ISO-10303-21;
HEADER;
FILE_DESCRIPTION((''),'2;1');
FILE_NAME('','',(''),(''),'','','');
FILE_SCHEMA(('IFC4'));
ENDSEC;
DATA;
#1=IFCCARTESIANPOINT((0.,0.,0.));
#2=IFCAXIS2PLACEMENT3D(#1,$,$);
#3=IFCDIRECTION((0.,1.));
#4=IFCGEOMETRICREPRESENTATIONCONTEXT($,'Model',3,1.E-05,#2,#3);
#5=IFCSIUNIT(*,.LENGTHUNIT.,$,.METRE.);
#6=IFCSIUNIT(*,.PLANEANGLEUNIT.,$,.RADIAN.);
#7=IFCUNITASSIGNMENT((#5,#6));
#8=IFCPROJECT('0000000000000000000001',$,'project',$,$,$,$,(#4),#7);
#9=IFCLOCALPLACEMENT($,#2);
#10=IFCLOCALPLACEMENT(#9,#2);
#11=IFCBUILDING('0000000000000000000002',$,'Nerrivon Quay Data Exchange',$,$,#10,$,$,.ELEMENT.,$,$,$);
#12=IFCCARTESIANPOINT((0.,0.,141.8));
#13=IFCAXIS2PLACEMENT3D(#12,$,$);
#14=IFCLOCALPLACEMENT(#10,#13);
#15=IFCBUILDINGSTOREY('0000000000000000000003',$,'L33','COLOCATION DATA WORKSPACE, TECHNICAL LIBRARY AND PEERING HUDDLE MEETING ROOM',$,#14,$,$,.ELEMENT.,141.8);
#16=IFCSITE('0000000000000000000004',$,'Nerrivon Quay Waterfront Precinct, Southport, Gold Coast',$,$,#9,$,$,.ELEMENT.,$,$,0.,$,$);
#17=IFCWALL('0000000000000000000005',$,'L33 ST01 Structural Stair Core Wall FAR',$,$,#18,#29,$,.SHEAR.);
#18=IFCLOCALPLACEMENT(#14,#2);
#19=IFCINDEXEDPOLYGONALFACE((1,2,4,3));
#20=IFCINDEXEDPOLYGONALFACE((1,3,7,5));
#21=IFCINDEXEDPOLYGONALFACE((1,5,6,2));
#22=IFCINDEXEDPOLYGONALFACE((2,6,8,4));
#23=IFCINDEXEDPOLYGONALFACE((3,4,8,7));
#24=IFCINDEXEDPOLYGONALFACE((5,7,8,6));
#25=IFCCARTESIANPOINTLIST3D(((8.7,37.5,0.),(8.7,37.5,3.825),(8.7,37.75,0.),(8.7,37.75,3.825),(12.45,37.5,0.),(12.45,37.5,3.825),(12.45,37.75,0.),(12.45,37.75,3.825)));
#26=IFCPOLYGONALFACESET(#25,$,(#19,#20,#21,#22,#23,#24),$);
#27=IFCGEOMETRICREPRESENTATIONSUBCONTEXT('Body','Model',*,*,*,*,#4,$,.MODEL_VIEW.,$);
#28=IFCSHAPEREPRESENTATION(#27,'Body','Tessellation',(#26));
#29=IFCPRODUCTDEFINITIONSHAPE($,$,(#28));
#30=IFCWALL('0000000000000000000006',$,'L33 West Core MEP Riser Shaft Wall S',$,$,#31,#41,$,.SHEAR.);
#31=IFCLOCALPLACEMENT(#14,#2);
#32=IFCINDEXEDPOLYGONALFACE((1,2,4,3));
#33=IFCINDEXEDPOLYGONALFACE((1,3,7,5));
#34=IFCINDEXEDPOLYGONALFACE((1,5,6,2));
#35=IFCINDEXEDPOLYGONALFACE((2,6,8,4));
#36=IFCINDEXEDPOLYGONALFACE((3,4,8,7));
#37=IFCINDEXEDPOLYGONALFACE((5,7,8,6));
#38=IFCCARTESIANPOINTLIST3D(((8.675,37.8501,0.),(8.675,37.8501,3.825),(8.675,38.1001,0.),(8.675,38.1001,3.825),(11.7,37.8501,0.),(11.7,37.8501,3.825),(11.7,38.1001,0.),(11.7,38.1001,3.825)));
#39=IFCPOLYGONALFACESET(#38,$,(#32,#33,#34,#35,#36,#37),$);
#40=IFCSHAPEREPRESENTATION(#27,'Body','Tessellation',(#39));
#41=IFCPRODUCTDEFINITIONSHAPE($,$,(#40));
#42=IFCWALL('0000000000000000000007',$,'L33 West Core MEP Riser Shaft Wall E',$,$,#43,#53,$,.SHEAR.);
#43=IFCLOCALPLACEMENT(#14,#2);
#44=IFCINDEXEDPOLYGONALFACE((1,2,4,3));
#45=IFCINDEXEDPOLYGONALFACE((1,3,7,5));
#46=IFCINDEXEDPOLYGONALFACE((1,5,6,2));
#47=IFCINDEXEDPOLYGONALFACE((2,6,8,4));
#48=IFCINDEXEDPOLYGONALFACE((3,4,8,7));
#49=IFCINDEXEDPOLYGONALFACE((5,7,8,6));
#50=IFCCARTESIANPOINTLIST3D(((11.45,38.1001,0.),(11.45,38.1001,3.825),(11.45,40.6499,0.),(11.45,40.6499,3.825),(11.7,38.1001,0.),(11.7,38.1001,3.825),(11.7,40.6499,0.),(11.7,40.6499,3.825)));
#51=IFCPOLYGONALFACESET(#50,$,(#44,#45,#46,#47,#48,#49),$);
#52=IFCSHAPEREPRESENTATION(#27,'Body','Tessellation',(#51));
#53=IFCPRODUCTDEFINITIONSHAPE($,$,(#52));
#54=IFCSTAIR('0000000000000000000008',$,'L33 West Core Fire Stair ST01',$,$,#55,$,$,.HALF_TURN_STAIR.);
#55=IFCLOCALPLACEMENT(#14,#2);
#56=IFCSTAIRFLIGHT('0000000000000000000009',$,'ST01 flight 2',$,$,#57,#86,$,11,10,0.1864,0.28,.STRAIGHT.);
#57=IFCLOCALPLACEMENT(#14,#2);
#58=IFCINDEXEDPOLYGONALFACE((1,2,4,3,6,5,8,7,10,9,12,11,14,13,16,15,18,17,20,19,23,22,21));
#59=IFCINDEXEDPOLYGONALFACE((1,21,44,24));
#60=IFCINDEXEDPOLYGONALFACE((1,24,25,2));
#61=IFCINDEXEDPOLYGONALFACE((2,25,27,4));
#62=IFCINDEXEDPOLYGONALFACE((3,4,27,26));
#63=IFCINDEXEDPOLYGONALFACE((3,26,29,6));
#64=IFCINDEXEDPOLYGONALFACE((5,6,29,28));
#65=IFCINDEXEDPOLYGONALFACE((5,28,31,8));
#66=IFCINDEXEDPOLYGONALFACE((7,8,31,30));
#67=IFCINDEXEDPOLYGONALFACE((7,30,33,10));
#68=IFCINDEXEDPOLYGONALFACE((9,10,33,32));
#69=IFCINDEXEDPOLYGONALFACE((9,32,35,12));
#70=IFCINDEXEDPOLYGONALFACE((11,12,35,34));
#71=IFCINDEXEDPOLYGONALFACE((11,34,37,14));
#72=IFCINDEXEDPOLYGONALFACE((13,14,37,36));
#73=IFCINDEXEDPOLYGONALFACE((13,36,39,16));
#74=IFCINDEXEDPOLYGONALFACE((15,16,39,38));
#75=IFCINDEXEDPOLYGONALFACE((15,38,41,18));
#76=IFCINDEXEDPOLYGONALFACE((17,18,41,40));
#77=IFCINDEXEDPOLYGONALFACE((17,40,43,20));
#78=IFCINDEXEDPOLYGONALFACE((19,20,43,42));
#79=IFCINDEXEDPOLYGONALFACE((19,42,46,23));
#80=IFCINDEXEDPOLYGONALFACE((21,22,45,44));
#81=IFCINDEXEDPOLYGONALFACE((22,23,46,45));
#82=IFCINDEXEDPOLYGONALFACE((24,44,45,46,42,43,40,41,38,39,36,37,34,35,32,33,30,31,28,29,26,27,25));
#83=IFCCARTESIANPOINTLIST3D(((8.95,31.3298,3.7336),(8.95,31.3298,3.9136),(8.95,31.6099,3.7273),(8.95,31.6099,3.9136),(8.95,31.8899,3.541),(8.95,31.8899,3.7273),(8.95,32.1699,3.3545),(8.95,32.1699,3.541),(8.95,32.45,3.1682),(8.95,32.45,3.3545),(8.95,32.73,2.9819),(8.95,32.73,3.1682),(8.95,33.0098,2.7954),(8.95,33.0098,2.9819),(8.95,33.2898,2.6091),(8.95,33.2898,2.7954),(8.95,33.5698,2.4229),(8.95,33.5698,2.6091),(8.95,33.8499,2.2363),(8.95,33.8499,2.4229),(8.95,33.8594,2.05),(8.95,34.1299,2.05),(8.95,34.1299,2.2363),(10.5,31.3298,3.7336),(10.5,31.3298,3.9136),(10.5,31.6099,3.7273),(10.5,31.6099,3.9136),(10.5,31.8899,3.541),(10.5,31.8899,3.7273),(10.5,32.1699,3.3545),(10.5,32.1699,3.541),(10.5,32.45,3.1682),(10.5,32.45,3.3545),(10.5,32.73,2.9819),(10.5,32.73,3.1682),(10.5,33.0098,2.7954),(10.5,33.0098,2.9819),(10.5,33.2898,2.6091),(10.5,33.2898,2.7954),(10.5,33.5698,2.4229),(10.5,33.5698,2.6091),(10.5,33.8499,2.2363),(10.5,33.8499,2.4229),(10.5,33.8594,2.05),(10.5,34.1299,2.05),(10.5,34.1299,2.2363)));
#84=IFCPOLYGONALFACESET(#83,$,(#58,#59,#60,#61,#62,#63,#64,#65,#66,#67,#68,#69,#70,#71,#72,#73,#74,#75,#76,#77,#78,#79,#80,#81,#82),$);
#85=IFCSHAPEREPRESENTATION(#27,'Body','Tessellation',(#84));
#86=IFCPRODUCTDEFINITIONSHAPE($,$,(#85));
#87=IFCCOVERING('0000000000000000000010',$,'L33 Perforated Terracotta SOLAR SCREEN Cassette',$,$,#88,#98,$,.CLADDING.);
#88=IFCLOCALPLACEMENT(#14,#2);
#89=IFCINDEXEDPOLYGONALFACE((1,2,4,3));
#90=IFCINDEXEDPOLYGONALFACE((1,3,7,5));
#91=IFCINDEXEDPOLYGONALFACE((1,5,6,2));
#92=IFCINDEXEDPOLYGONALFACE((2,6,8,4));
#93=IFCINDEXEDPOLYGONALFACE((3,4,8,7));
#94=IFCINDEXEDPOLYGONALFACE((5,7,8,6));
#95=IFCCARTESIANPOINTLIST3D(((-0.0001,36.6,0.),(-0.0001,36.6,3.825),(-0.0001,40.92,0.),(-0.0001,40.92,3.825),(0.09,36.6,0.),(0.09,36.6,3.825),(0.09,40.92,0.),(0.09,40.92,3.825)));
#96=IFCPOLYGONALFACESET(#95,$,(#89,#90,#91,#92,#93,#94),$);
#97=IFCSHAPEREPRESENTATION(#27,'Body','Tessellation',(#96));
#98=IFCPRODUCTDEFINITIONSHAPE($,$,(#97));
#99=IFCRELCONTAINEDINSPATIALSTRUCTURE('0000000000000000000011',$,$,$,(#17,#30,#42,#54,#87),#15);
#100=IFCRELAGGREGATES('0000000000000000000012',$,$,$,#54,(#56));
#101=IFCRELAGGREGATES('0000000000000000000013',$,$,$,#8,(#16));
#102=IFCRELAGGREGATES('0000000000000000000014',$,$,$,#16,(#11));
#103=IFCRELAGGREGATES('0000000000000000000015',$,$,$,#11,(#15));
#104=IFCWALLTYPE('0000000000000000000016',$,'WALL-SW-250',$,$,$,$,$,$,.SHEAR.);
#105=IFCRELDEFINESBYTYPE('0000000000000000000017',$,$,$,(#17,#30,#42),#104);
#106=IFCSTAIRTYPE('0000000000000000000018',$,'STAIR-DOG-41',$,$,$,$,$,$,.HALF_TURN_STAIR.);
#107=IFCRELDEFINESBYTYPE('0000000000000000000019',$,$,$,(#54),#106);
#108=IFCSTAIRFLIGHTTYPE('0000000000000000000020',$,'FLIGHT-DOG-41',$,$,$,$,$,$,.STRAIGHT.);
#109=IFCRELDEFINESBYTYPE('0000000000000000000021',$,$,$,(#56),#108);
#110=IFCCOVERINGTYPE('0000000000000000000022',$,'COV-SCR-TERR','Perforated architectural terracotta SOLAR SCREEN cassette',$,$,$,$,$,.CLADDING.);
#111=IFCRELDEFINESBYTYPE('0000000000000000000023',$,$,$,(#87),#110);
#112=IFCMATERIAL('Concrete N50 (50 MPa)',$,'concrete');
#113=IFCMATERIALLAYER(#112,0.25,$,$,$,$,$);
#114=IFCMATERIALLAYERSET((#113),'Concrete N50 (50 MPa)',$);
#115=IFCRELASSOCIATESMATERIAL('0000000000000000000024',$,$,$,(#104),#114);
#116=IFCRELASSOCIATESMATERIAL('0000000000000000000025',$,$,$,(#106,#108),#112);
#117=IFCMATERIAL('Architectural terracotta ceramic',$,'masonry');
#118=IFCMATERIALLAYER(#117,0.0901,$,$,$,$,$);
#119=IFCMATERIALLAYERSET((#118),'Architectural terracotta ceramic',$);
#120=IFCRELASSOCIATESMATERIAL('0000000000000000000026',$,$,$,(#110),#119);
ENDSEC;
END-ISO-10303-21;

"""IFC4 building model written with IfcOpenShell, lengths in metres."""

from ifc_helpers import new_model, si_unit, direction, frame, frame_2d, origin, origin_2d, place, context, subcontext, project, spatial, polyline, rectangle, outline, extrude, material, layer, layer_set, type_object, element, aggregate, save


model = new_model("IFC4")

# Units and contexts
model_context = context("Model", 3, precision=1e-05, world=origin(), true_north=direction((0.0, 1.0)))
body_context = subcontext(model_context, "Body", "Model", "MODEL_VIEW")
ifc_project = project(units=[si_unit("LENGTHUNIT", "METRE"), si_unit("PLANEANGLEUNIT", "RADIAN")], contexts=[model_context])

# Site, building, storey
site_placement = place(None, origin())
site = spatial("IfcSite", under=ifc_project, at=site_placement, Name="Nerrivon Quay Waterfront Precinct, Southport, Gold Coast", CompositionType="ELEMENT", RefElevation=0.0)
building_placement = place(site_placement, origin())
building = spatial("IfcBuilding", under=site, at=building_placement, Name="Nerrivon Quay Data Exchange", CompositionType="ELEMENT")
storey_placement = place(building_placement, frame((0.0, 0.0, 141.8)))
storey = spatial("IfcBuildingStorey", under=building, at=storey_placement, Name="L33", Description="COLOCATION DATA WORKSPACE, TECHNICAL LIBRARY AND PEERING HUDDLE MEETING ROOM", CompositionType="ELEMENT", Elevation=141.8)

# Walls
ifc_material_1 = material(Name="Concrete N50 (50 MPa)", Category="concrete")
ifc_layer_1 = layer(ifc_material_1, 0.25)
ifc_layer_set_1 = layer_set([ifc_layer_1], Name="Concrete N50 (50 MPa)")
wall_type_1 = type_object("IfcWallType", Name="WALL-SW-250", PredefinedType="SHEAR", material=ifc_layer_set_1)
wall_1_placement = place(storey_placement, frame((12.45, 37.625, 0.0), z_axis=(0.0, 0.0, 1.0), x_axis=(-1.0, 0.0, 0.0)))
element("IfcWall", 1, at=wall_1_placement, inside=storey, type_object=wall_type_1, Name="L33 ST01 Structural Stair Core Wall FAR", PredefinedType="SHEAR", context=body_context, shape_type="SweptSolid", body=[
    extrude(rectangle(XDim=3.75, YDim=0.25, at=frame_2d((1.875, 0.0))), origin(), (0.0, 0.0, 1.0), 3.825),
])
wall_2_placement = place(storey_placement, frame((8.675, 37.9751, 0.0), z_axis=(0.0, 0.0, 1.0), x_axis=(1.0, 0.0, 0.0)))
element("IfcWall", 2, at=wall_2_placement, inside=storey, type_object=wall_type_1, Name="L33 West Core MEP Riser Shaft Wall S", PredefinedType="SHEAR", context=body_context, shape_type="SweptSolid", body=[
    extrude(rectangle(XDim=3.0249, YDim=0.25, at=frame_2d((1.5125, 0.0))), origin(), (0.0, 0.0, 1.0), 3.825),
])
wall_3_placement = place(storey_placement, frame((11.575, 38.1001, 0.0), z_axis=(0.0, 0.0, 1.0), x_axis=(0.0, 1.0, 0.0)))
element("IfcWall", 3, at=wall_3_placement, inside=storey, type_object=wall_type_1, Name="L33 West Core MEP Riser Shaft Wall E", PredefinedType="SHEAR", context=body_context, shape_type="SweptSolid", body=[
    extrude(rectangle(XDim=2.5498, YDim=0.25, at=frame_2d((1.2749, 0.0))), origin(), (0.0, 0.0, 1.0), 3.825),
])

# Stair, stair flight
stair_type = type_object("IfcStairType", Name="STAIR-DOG-41", PredefinedType="HALF_TURN_STAIR", material=ifc_material_1)
stair_placement = place(storey_placement, origin())
stair = element("IfcStair", 4, at=stair_placement, inside=storey, type_object=stair_type, Name="L33 West Core Fire Stair ST01", PredefinedType="HALF_TURN_STAIR")
stair_flight_type = type_object("IfcStairFlightType", Name="FLIGHT-DOG-41", PredefinedType="STRAIGHT", material=ifc_material_1)
stair_flight_placement = place(storey_placement, frame((9.7251, 34.1299, 2.05), z_axis=(0.0, 0.0, 1.0), x_axis=(0.0, -1.0, 0.0)))
stair_flight = element("IfcStairFlight", 5, at=stair_flight_placement, type_object=stair_flight_type, Name="ST01 flight 2", NumberOfRisers=11, NumberOfTreads=10, PredefinedType="STRAIGHT", RiserHeight=0.1864, TreadLength=0.28, context=body_context, shape_type="SweptSolid", body=[
    extrude(outline(polyline([(0.0, 0.0), (0.0, 0.1863), (0.28, 0.1863), (0.28, 0.3728), (0.5601, 0.3728), (0.5601, 0.5591), (0.8401, 0.5591), (0.8401, 0.7454), (1.1201, 0.7454), (1.1201, 0.9319), (1.3999, 0.9319), (1.3999, 1.1182), (1.6799, 1.1182), (1.6799, 1.3044), (1.96, 1.3044), (1.96, 1.491), (2.24, 1.491), (2.24, 1.6772), (2.52, 1.6772), (2.52, 1.8635), (2.8, 1.8635), (2.8, 2.05), (2.8, 1.6836), (0.2705, 0.0), (0.0, 0.0)])), frame((0.0, 0.7749, 0.0), z_axis=(0.0, -1.0, 0.0), x_axis=(1.0, 0.0, 0.0)), (0.0, 0.0, 1.0), 1.55),
])
aggregate(stair, [stair_flight])

# Covering
ifc_material_2 = material(Name="Architectural terracotta ceramic", Category="masonry")
ifc_layer_2 = layer(ifc_material_2, 0.0901)
ifc_layer_set_2 = layer_set([ifc_layer_2], Name="Architectural terracotta ceramic")
covering_type = type_object("IfcCoveringType", Name="COV-SCR-TERR", Description="Perforated architectural terracotta SOLAR SCREEN cassette", PredefinedType="CLADDING", material=ifc_layer_set_2)
covering_placement = place(storey_placement, frame((0.0449, 38.76, 0.0), z_axis=(0.0, 0.0, 1.0), x_axis=(0.0, 1.0, 0.0)))
element("IfcCovering", 6, at=covering_placement, inside=storey, type_object=covering_type, Name="L33 Perforated Terracotta SOLAR SCREEN Cassette", PredefinedType="CLADDING", context=body_context, shape_type="SweptSolid", body=[
    extrude(rectangle(XDim=4.3201, YDim=0.0901, at=origin_2d()), origin(), (0.0, 0.0, 1.0), 3.825),
])

save(model, "model.ifc")
